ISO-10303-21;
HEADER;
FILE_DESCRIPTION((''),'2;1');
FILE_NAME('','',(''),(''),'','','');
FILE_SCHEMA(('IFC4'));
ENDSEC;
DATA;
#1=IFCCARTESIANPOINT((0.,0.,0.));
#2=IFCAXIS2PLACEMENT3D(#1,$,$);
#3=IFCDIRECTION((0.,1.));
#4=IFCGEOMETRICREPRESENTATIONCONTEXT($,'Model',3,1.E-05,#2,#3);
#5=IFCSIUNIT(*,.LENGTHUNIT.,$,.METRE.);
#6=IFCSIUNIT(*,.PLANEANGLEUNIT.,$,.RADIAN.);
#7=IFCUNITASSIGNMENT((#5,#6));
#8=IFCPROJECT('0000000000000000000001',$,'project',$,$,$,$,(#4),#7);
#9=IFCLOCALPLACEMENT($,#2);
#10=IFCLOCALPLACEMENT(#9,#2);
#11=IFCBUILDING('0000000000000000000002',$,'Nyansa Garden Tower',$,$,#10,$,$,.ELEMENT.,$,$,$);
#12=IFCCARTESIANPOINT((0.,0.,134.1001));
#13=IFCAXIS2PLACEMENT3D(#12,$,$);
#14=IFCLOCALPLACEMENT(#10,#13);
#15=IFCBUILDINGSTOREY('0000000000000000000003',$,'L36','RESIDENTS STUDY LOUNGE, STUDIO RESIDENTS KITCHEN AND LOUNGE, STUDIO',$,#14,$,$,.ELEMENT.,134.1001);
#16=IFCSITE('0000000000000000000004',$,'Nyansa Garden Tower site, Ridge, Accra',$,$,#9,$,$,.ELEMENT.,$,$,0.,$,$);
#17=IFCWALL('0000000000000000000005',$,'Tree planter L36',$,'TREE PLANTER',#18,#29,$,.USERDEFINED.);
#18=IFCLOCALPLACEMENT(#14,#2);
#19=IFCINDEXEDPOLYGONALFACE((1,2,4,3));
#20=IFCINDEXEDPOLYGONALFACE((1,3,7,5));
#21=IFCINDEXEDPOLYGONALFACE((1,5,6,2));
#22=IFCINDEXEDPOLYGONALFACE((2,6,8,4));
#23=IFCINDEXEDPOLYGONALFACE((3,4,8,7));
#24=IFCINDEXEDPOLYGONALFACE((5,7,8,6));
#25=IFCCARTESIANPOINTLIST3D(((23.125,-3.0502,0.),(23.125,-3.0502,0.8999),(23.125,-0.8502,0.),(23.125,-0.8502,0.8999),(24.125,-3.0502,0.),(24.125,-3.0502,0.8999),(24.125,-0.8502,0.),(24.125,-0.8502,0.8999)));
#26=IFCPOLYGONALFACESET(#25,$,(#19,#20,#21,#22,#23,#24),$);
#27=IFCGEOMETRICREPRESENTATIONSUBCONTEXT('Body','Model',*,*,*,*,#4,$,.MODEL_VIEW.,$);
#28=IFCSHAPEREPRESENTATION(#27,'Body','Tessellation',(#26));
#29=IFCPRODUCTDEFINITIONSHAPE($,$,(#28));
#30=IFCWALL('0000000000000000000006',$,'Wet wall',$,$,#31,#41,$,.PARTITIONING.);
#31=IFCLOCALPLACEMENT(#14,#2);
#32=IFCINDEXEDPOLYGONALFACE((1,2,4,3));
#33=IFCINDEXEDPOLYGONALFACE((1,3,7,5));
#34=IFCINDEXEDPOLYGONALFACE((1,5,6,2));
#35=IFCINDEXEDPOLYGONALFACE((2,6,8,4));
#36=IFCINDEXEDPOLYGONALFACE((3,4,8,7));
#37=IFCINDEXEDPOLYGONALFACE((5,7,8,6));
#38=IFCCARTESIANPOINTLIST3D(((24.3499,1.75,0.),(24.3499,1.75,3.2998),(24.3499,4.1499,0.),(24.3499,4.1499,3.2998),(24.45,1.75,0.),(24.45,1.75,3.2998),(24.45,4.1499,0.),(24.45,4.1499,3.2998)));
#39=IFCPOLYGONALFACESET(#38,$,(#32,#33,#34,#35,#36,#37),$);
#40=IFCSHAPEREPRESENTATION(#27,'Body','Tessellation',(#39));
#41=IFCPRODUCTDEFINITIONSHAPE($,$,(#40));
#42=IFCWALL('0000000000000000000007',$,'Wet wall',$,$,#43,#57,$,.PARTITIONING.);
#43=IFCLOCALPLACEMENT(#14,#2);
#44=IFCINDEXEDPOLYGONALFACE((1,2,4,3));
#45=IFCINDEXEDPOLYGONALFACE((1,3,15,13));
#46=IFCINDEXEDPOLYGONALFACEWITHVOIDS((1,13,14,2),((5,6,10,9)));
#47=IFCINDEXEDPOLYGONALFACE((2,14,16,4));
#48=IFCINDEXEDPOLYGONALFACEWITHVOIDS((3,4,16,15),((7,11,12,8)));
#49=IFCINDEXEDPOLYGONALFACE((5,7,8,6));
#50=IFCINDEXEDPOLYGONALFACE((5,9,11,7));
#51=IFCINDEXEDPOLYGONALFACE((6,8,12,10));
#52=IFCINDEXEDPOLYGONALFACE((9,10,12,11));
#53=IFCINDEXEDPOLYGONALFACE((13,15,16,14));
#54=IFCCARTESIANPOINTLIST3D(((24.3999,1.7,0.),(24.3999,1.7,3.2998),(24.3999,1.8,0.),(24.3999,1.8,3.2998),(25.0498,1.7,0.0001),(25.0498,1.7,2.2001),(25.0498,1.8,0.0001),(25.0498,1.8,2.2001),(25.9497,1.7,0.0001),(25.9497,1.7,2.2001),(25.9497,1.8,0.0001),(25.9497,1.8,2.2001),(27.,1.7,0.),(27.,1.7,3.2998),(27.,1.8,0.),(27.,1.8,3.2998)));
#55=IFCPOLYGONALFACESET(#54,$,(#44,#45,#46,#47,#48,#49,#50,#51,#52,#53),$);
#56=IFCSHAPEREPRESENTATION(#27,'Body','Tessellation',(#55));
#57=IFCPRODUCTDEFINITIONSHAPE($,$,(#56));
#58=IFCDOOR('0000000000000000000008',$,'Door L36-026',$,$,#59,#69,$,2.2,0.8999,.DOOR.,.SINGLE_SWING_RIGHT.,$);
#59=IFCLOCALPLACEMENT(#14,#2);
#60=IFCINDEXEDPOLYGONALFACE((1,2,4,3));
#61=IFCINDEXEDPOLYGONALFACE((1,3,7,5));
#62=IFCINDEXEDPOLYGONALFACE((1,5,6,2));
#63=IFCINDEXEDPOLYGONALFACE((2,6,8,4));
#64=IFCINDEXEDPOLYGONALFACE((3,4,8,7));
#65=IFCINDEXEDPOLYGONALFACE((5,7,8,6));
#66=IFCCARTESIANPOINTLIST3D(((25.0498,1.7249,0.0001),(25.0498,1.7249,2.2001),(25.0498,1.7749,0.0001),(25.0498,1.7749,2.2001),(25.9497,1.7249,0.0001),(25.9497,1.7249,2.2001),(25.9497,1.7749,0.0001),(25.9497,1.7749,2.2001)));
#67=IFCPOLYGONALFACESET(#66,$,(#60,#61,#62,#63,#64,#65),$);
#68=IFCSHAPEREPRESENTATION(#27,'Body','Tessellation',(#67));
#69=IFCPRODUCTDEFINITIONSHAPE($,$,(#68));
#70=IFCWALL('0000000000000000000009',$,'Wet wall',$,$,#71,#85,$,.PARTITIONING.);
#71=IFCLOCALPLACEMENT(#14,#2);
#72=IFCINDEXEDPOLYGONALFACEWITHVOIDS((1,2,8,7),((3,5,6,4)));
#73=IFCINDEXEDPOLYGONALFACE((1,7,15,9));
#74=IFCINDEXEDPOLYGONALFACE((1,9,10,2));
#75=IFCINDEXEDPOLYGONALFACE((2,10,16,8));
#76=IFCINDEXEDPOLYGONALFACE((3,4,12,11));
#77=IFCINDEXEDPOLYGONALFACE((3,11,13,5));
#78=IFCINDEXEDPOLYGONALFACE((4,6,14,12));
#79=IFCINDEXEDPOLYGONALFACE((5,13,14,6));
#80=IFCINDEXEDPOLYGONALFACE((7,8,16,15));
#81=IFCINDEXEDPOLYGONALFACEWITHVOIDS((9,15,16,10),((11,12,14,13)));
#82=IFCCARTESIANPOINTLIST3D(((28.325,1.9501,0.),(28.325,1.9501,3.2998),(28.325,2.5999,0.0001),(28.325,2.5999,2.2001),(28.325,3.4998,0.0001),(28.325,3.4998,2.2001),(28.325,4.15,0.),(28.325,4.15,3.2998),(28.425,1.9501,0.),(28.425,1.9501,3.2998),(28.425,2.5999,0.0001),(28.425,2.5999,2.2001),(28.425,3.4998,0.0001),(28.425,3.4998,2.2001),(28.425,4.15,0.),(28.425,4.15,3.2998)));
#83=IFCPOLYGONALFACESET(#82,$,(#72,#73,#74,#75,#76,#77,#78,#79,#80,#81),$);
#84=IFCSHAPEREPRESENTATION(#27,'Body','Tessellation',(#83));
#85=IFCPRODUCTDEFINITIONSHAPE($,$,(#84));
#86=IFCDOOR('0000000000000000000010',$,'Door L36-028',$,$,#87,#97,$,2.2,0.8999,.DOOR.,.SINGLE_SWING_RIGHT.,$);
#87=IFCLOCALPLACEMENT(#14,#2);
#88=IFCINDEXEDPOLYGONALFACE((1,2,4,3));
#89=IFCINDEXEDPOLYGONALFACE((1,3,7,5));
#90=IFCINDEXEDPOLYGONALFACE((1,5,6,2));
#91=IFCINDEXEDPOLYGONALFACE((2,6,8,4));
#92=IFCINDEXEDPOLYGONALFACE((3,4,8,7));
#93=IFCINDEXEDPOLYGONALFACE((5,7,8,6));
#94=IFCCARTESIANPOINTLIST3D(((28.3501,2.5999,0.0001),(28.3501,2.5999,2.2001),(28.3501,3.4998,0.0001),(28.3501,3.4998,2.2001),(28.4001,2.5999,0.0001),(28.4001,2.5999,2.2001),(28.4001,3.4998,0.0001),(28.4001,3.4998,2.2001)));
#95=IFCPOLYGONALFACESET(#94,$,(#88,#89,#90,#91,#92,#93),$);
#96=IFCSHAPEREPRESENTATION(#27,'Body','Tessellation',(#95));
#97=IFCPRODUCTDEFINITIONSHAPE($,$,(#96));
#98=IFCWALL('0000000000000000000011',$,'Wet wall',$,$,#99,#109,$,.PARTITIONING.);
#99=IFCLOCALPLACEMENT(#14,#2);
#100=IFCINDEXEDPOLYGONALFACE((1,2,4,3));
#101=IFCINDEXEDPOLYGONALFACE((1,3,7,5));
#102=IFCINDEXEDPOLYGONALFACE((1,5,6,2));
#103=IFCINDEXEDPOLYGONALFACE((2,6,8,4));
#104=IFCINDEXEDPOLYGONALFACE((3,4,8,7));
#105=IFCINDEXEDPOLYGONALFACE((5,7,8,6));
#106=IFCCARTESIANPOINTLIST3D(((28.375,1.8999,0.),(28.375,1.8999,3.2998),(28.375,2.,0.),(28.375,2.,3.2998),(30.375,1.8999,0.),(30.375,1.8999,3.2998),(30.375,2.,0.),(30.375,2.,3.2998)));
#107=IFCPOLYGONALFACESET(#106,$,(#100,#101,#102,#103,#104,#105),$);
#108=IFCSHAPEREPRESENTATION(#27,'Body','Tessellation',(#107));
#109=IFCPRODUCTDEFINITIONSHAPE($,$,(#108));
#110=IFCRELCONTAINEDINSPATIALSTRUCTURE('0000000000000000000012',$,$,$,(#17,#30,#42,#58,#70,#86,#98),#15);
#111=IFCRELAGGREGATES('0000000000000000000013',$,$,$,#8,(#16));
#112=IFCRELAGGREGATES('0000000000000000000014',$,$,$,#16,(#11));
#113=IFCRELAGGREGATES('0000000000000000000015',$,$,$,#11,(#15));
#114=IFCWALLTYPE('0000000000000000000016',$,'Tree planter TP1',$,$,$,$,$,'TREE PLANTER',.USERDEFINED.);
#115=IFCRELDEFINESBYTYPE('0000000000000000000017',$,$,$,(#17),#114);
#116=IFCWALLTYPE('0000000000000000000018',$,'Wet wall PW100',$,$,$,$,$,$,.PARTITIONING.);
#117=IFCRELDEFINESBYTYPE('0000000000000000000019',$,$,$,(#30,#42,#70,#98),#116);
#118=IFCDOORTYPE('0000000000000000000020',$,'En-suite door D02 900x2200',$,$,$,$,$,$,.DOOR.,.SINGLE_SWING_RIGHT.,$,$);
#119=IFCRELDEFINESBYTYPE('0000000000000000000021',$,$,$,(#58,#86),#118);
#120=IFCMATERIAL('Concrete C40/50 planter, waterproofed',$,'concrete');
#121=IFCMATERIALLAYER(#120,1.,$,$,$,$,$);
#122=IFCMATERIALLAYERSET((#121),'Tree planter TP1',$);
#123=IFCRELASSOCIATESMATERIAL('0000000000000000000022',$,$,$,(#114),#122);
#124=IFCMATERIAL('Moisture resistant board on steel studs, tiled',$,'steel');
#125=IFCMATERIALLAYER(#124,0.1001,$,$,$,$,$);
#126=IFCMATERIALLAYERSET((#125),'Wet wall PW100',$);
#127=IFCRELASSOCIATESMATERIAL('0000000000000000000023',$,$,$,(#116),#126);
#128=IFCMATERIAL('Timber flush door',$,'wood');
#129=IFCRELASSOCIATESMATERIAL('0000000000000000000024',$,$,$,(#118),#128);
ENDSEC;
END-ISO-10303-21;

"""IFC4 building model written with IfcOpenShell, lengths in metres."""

from ifc_helpers import new_model, si_unit, direction, frame, frame_2d, origin, place, context, subcontext, project, spatial, rectangle, extrude, material, layer, layer_set, type_object, element, fill, save


model = new_model("IFC4")

# Units and contexts
model_context = context("Model", 3, precision=1e-05, world=origin(), true_north=direction((0.0, 1.0)))
body_context = subcontext(model_context, "Body", "Model", "MODEL_VIEW")
ifc_project = project(units=[si_unit("LENGTHUNIT", "METRE"), si_unit("PLANEANGLEUNIT", "RADIAN")], contexts=[model_context])

# Site, building, storey
site_placement = place(None, origin())
site = spatial("IfcSite", under=ifc_project, at=site_placement, Name="Nyansa Garden Tower site, Ridge, Accra", CompositionType="ELEMENT", RefElevation=0.0)
building_placement = place(site_placement, origin())
building = spatial("IfcBuilding", under=site, at=building_placement, Name="Nyansa Garden Tower", CompositionType="ELEMENT")
storey_placement = place(building_placement, frame((0.0, 0.0, 134.1001)))
storey = spatial("IfcBuildingStorey", under=building, at=storey_placement, Name="L36", Description="RESIDENTS STUDY LOUNGE, STUDIO RESIDENTS KITCHEN AND LOUNGE, STUDIO", CompositionType="ELEMENT", Elevation=134.1001)

# Walls
ifc_material_1 = material(Name="Concrete C40/50 planter, waterproofed", Category="concrete")
ifc_layer_1 = layer(ifc_material_1, 1.0)
ifc_layer_set_1 = layer_set([ifc_layer_1], Name="Tree planter TP1")
wall_type_1 = type_object("IfcWallType", Name="Tree planter TP1", ElementType="TREE PLANTER", PredefinedType="USERDEFINED", material=ifc_layer_set_1)
wall_1_placement = place(storey_placement, frame((23.625, -0.8501, 0.0), z_axis=(0.0, 0.0, 1.0), x_axis=(0.0, -1.0, 0.0)))
element("IfcWall", 1, at=wall_1_placement, inside=storey, type_object=wall_type_1, Name="Tree planter L36", ObjectType="TREE PLANTER", PredefinedType="USERDEFINED", context=body_context, shape_type="SweptSolid", body=[
    extrude(rectangle(XDim=2.2, YDim=1.0, at=frame_2d((1.1001, 0.0))), origin(), (0.0, 0.0, 1.0), 0.8999),
])
ifc_material_2 = material(Name="Moisture resistant board on steel studs, tiled", Category="steel")
ifc_layer_2 = layer(ifc_material_2, 0.1001)
ifc_layer_set_2 = layer_set([ifc_layer_2], Name="Wet wall PW100")
wall_type_2 = type_object("IfcWallType", Name="Wet wall PW100", PredefinedType="PARTITIONING", material=ifc_layer_set_2)
wall_2_placement = place(storey_placement, frame((24.3999, 1.75, 0.0), z_axis=(0.0, 0.0, 1.0), x_axis=(0.0, 1.0, 0.0)))
element("IfcWall", 2, at=wall_2_placement, inside=storey, type_object=wall_type_2, Name="Wet wall", PredefinedType="PARTITIONING", context=body_context, shape_type="SweptSolid", body=[
    extrude(rectangle(XDim=2.3999, YDim=0.1001, at=frame_2d((1.2, 0.0))), origin(), (0.0, 0.0, 1.0), 3.2998),
])

# Walls, openings, doors
wall_3_placement = place(storey_placement, frame((24.3999, 1.75, 0.0), z_axis=(0.0, 0.0, 1.0), x_axis=(1.0, 0.0, 0.0)))
wall_3 = element("IfcWall", 3, at=wall_3_placement, inside=storey, type_object=wall_type_2, Name="Wet wall", PredefinedType="PARTITIONING", context=body_context, shape_type="SweptSolid", body=[
    extrude(rectangle(XDim=2.6001, YDim=0.1001, at=frame_2d((1.3, 0.0))), origin(), (0.0, 0.0, 1.0), 3.2998),
])
opening_1_placement = place(wall_3_placement, frame((0.6499, 0.0, 0.0)))
opening_1 = element("IfcOpeningElement", 4, at=opening_1_placement, cuts=wall_3, PredefinedType="OPENING", context=body_context, shape_type="SweptSolid", body=[
    extrude(rectangle(XDim=0.8999, YDim=2.2, at=frame_2d((0.45, 1.1001))), frame((0.0, 0.0601, 0.0), z_axis=(0.0, -1.0, 0.0), x_axis=(1.0, 0.0, 0.0)), (0.0, 0.0, 1.0), 0.1201),
])
ifc_material_3 = material(Name="Timber flush door", Category="wood")
door_type_1 = type_object("IfcDoorType", Name="En-suite door D02 900x2200", OperationType="SINGLE_SWING_RIGHT", PredefinedType="DOOR", material=ifc_material_3)
door_1_placement = place(opening_1_placement, origin())
door_1 = element("IfcDoor", 5, at=door_1_placement, inside=storey, type_object=door_type_1, Name="Door L36-026", OperationType="SINGLE_SWING_RIGHT", OverallHeight=2.2, OverallWidth=0.8999, PredefinedType="DOOR", context=body_context, shape_type="SweptSolid", body=[
    extrude(rectangle(XDim=0.8999, YDim=2.2, at=frame_2d((0.45, 1.1001))), frame((0.0, 0.0249, 0.0), z_axis=(0.0, -1.0, 0.0), x_axis=(1.0, 0.0, 0.0)), (0.0, 0.0, 1.0), 0.05),
])
fill(opening_1, door_1)
wall_4_placement = place(storey_placement, frame((28.375, 1.95, 0.0), z_axis=(0.0, 0.0, 1.0), x_axis=(0.0, 1.0, 0.0)))
wall_4 = element("IfcWall", 6, at=wall_4_placement, inside=storey, type_object=wall_type_2, Name="Wet wall", PredefinedType="PARTITIONING", context=body_context, shape_type="SweptSolid", body=[
    extrude(rectangle(XDim=2.2, YDim=0.1001, at=frame_2d((1.1001, 0.0))), origin(), (0.0, 0.0, 1.0), 3.2998),
])
opening_2_placement = place(wall_4_placement, frame((0.6499, 0.0, 0.0)))
opening_2 = element("IfcOpeningElement", 7, at=opening_2_placement, cuts=wall_4, PredefinedType="OPENING", context=body_context, shape_type="SweptSolid", body=[
    extrude(rectangle(XDim=0.8999, YDim=2.2, at=frame_2d((0.45, 1.1001))), frame((0.0, 0.0601, 0.0), z_axis=(0.0, -1.0, 0.0), x_axis=(1.0, 0.0, 0.0)), (0.0, 0.0, 1.0), 0.1201),
])
door_2_placement = place(opening_2_placement, origin())
door_2 = element("IfcDoor", 8, at=door_2_placement, inside=storey, type_object=door_type_1, Name="Door L36-028", OperationType="SINGLE_SWING_RIGHT", OverallHeight=2.2, OverallWidth=0.8999, PredefinedType="DOOR", context=body_context, shape_type="SweptSolid", body=[
    extrude(rectangle(XDim=0.8999, YDim=2.2, at=frame_2d((0.45, 1.1001))), frame((0.0, 0.0249, 0.0), z_axis=(0.0, -1.0, 0.0), x_axis=(1.0, 0.0, 0.0)), (0.0, 0.0, 1.0), 0.05),
])
fill(opening_2, door_2)

# Wall
wall_5_placement = place(storey_placement, frame((28.375, 1.95, 0.0), z_axis=(0.0, 0.0, 1.0), x_axis=(1.0, 0.0, 0.0)))
element("IfcWall", 9, at=wall_5_placement, inside=storey, type_object=wall_type_2, Name="Wet wall", PredefinedType="PARTITIONING", context=body_context, shape_type="SweptSolid", body=[
    extrude(rectangle(XDim=2.0, YDim=0.1001, at=frame_2d((1.0, 0.0))), origin(), (0.0, 0.0, 1.0), 3.2998),
])

save(model, "model.ifc")
